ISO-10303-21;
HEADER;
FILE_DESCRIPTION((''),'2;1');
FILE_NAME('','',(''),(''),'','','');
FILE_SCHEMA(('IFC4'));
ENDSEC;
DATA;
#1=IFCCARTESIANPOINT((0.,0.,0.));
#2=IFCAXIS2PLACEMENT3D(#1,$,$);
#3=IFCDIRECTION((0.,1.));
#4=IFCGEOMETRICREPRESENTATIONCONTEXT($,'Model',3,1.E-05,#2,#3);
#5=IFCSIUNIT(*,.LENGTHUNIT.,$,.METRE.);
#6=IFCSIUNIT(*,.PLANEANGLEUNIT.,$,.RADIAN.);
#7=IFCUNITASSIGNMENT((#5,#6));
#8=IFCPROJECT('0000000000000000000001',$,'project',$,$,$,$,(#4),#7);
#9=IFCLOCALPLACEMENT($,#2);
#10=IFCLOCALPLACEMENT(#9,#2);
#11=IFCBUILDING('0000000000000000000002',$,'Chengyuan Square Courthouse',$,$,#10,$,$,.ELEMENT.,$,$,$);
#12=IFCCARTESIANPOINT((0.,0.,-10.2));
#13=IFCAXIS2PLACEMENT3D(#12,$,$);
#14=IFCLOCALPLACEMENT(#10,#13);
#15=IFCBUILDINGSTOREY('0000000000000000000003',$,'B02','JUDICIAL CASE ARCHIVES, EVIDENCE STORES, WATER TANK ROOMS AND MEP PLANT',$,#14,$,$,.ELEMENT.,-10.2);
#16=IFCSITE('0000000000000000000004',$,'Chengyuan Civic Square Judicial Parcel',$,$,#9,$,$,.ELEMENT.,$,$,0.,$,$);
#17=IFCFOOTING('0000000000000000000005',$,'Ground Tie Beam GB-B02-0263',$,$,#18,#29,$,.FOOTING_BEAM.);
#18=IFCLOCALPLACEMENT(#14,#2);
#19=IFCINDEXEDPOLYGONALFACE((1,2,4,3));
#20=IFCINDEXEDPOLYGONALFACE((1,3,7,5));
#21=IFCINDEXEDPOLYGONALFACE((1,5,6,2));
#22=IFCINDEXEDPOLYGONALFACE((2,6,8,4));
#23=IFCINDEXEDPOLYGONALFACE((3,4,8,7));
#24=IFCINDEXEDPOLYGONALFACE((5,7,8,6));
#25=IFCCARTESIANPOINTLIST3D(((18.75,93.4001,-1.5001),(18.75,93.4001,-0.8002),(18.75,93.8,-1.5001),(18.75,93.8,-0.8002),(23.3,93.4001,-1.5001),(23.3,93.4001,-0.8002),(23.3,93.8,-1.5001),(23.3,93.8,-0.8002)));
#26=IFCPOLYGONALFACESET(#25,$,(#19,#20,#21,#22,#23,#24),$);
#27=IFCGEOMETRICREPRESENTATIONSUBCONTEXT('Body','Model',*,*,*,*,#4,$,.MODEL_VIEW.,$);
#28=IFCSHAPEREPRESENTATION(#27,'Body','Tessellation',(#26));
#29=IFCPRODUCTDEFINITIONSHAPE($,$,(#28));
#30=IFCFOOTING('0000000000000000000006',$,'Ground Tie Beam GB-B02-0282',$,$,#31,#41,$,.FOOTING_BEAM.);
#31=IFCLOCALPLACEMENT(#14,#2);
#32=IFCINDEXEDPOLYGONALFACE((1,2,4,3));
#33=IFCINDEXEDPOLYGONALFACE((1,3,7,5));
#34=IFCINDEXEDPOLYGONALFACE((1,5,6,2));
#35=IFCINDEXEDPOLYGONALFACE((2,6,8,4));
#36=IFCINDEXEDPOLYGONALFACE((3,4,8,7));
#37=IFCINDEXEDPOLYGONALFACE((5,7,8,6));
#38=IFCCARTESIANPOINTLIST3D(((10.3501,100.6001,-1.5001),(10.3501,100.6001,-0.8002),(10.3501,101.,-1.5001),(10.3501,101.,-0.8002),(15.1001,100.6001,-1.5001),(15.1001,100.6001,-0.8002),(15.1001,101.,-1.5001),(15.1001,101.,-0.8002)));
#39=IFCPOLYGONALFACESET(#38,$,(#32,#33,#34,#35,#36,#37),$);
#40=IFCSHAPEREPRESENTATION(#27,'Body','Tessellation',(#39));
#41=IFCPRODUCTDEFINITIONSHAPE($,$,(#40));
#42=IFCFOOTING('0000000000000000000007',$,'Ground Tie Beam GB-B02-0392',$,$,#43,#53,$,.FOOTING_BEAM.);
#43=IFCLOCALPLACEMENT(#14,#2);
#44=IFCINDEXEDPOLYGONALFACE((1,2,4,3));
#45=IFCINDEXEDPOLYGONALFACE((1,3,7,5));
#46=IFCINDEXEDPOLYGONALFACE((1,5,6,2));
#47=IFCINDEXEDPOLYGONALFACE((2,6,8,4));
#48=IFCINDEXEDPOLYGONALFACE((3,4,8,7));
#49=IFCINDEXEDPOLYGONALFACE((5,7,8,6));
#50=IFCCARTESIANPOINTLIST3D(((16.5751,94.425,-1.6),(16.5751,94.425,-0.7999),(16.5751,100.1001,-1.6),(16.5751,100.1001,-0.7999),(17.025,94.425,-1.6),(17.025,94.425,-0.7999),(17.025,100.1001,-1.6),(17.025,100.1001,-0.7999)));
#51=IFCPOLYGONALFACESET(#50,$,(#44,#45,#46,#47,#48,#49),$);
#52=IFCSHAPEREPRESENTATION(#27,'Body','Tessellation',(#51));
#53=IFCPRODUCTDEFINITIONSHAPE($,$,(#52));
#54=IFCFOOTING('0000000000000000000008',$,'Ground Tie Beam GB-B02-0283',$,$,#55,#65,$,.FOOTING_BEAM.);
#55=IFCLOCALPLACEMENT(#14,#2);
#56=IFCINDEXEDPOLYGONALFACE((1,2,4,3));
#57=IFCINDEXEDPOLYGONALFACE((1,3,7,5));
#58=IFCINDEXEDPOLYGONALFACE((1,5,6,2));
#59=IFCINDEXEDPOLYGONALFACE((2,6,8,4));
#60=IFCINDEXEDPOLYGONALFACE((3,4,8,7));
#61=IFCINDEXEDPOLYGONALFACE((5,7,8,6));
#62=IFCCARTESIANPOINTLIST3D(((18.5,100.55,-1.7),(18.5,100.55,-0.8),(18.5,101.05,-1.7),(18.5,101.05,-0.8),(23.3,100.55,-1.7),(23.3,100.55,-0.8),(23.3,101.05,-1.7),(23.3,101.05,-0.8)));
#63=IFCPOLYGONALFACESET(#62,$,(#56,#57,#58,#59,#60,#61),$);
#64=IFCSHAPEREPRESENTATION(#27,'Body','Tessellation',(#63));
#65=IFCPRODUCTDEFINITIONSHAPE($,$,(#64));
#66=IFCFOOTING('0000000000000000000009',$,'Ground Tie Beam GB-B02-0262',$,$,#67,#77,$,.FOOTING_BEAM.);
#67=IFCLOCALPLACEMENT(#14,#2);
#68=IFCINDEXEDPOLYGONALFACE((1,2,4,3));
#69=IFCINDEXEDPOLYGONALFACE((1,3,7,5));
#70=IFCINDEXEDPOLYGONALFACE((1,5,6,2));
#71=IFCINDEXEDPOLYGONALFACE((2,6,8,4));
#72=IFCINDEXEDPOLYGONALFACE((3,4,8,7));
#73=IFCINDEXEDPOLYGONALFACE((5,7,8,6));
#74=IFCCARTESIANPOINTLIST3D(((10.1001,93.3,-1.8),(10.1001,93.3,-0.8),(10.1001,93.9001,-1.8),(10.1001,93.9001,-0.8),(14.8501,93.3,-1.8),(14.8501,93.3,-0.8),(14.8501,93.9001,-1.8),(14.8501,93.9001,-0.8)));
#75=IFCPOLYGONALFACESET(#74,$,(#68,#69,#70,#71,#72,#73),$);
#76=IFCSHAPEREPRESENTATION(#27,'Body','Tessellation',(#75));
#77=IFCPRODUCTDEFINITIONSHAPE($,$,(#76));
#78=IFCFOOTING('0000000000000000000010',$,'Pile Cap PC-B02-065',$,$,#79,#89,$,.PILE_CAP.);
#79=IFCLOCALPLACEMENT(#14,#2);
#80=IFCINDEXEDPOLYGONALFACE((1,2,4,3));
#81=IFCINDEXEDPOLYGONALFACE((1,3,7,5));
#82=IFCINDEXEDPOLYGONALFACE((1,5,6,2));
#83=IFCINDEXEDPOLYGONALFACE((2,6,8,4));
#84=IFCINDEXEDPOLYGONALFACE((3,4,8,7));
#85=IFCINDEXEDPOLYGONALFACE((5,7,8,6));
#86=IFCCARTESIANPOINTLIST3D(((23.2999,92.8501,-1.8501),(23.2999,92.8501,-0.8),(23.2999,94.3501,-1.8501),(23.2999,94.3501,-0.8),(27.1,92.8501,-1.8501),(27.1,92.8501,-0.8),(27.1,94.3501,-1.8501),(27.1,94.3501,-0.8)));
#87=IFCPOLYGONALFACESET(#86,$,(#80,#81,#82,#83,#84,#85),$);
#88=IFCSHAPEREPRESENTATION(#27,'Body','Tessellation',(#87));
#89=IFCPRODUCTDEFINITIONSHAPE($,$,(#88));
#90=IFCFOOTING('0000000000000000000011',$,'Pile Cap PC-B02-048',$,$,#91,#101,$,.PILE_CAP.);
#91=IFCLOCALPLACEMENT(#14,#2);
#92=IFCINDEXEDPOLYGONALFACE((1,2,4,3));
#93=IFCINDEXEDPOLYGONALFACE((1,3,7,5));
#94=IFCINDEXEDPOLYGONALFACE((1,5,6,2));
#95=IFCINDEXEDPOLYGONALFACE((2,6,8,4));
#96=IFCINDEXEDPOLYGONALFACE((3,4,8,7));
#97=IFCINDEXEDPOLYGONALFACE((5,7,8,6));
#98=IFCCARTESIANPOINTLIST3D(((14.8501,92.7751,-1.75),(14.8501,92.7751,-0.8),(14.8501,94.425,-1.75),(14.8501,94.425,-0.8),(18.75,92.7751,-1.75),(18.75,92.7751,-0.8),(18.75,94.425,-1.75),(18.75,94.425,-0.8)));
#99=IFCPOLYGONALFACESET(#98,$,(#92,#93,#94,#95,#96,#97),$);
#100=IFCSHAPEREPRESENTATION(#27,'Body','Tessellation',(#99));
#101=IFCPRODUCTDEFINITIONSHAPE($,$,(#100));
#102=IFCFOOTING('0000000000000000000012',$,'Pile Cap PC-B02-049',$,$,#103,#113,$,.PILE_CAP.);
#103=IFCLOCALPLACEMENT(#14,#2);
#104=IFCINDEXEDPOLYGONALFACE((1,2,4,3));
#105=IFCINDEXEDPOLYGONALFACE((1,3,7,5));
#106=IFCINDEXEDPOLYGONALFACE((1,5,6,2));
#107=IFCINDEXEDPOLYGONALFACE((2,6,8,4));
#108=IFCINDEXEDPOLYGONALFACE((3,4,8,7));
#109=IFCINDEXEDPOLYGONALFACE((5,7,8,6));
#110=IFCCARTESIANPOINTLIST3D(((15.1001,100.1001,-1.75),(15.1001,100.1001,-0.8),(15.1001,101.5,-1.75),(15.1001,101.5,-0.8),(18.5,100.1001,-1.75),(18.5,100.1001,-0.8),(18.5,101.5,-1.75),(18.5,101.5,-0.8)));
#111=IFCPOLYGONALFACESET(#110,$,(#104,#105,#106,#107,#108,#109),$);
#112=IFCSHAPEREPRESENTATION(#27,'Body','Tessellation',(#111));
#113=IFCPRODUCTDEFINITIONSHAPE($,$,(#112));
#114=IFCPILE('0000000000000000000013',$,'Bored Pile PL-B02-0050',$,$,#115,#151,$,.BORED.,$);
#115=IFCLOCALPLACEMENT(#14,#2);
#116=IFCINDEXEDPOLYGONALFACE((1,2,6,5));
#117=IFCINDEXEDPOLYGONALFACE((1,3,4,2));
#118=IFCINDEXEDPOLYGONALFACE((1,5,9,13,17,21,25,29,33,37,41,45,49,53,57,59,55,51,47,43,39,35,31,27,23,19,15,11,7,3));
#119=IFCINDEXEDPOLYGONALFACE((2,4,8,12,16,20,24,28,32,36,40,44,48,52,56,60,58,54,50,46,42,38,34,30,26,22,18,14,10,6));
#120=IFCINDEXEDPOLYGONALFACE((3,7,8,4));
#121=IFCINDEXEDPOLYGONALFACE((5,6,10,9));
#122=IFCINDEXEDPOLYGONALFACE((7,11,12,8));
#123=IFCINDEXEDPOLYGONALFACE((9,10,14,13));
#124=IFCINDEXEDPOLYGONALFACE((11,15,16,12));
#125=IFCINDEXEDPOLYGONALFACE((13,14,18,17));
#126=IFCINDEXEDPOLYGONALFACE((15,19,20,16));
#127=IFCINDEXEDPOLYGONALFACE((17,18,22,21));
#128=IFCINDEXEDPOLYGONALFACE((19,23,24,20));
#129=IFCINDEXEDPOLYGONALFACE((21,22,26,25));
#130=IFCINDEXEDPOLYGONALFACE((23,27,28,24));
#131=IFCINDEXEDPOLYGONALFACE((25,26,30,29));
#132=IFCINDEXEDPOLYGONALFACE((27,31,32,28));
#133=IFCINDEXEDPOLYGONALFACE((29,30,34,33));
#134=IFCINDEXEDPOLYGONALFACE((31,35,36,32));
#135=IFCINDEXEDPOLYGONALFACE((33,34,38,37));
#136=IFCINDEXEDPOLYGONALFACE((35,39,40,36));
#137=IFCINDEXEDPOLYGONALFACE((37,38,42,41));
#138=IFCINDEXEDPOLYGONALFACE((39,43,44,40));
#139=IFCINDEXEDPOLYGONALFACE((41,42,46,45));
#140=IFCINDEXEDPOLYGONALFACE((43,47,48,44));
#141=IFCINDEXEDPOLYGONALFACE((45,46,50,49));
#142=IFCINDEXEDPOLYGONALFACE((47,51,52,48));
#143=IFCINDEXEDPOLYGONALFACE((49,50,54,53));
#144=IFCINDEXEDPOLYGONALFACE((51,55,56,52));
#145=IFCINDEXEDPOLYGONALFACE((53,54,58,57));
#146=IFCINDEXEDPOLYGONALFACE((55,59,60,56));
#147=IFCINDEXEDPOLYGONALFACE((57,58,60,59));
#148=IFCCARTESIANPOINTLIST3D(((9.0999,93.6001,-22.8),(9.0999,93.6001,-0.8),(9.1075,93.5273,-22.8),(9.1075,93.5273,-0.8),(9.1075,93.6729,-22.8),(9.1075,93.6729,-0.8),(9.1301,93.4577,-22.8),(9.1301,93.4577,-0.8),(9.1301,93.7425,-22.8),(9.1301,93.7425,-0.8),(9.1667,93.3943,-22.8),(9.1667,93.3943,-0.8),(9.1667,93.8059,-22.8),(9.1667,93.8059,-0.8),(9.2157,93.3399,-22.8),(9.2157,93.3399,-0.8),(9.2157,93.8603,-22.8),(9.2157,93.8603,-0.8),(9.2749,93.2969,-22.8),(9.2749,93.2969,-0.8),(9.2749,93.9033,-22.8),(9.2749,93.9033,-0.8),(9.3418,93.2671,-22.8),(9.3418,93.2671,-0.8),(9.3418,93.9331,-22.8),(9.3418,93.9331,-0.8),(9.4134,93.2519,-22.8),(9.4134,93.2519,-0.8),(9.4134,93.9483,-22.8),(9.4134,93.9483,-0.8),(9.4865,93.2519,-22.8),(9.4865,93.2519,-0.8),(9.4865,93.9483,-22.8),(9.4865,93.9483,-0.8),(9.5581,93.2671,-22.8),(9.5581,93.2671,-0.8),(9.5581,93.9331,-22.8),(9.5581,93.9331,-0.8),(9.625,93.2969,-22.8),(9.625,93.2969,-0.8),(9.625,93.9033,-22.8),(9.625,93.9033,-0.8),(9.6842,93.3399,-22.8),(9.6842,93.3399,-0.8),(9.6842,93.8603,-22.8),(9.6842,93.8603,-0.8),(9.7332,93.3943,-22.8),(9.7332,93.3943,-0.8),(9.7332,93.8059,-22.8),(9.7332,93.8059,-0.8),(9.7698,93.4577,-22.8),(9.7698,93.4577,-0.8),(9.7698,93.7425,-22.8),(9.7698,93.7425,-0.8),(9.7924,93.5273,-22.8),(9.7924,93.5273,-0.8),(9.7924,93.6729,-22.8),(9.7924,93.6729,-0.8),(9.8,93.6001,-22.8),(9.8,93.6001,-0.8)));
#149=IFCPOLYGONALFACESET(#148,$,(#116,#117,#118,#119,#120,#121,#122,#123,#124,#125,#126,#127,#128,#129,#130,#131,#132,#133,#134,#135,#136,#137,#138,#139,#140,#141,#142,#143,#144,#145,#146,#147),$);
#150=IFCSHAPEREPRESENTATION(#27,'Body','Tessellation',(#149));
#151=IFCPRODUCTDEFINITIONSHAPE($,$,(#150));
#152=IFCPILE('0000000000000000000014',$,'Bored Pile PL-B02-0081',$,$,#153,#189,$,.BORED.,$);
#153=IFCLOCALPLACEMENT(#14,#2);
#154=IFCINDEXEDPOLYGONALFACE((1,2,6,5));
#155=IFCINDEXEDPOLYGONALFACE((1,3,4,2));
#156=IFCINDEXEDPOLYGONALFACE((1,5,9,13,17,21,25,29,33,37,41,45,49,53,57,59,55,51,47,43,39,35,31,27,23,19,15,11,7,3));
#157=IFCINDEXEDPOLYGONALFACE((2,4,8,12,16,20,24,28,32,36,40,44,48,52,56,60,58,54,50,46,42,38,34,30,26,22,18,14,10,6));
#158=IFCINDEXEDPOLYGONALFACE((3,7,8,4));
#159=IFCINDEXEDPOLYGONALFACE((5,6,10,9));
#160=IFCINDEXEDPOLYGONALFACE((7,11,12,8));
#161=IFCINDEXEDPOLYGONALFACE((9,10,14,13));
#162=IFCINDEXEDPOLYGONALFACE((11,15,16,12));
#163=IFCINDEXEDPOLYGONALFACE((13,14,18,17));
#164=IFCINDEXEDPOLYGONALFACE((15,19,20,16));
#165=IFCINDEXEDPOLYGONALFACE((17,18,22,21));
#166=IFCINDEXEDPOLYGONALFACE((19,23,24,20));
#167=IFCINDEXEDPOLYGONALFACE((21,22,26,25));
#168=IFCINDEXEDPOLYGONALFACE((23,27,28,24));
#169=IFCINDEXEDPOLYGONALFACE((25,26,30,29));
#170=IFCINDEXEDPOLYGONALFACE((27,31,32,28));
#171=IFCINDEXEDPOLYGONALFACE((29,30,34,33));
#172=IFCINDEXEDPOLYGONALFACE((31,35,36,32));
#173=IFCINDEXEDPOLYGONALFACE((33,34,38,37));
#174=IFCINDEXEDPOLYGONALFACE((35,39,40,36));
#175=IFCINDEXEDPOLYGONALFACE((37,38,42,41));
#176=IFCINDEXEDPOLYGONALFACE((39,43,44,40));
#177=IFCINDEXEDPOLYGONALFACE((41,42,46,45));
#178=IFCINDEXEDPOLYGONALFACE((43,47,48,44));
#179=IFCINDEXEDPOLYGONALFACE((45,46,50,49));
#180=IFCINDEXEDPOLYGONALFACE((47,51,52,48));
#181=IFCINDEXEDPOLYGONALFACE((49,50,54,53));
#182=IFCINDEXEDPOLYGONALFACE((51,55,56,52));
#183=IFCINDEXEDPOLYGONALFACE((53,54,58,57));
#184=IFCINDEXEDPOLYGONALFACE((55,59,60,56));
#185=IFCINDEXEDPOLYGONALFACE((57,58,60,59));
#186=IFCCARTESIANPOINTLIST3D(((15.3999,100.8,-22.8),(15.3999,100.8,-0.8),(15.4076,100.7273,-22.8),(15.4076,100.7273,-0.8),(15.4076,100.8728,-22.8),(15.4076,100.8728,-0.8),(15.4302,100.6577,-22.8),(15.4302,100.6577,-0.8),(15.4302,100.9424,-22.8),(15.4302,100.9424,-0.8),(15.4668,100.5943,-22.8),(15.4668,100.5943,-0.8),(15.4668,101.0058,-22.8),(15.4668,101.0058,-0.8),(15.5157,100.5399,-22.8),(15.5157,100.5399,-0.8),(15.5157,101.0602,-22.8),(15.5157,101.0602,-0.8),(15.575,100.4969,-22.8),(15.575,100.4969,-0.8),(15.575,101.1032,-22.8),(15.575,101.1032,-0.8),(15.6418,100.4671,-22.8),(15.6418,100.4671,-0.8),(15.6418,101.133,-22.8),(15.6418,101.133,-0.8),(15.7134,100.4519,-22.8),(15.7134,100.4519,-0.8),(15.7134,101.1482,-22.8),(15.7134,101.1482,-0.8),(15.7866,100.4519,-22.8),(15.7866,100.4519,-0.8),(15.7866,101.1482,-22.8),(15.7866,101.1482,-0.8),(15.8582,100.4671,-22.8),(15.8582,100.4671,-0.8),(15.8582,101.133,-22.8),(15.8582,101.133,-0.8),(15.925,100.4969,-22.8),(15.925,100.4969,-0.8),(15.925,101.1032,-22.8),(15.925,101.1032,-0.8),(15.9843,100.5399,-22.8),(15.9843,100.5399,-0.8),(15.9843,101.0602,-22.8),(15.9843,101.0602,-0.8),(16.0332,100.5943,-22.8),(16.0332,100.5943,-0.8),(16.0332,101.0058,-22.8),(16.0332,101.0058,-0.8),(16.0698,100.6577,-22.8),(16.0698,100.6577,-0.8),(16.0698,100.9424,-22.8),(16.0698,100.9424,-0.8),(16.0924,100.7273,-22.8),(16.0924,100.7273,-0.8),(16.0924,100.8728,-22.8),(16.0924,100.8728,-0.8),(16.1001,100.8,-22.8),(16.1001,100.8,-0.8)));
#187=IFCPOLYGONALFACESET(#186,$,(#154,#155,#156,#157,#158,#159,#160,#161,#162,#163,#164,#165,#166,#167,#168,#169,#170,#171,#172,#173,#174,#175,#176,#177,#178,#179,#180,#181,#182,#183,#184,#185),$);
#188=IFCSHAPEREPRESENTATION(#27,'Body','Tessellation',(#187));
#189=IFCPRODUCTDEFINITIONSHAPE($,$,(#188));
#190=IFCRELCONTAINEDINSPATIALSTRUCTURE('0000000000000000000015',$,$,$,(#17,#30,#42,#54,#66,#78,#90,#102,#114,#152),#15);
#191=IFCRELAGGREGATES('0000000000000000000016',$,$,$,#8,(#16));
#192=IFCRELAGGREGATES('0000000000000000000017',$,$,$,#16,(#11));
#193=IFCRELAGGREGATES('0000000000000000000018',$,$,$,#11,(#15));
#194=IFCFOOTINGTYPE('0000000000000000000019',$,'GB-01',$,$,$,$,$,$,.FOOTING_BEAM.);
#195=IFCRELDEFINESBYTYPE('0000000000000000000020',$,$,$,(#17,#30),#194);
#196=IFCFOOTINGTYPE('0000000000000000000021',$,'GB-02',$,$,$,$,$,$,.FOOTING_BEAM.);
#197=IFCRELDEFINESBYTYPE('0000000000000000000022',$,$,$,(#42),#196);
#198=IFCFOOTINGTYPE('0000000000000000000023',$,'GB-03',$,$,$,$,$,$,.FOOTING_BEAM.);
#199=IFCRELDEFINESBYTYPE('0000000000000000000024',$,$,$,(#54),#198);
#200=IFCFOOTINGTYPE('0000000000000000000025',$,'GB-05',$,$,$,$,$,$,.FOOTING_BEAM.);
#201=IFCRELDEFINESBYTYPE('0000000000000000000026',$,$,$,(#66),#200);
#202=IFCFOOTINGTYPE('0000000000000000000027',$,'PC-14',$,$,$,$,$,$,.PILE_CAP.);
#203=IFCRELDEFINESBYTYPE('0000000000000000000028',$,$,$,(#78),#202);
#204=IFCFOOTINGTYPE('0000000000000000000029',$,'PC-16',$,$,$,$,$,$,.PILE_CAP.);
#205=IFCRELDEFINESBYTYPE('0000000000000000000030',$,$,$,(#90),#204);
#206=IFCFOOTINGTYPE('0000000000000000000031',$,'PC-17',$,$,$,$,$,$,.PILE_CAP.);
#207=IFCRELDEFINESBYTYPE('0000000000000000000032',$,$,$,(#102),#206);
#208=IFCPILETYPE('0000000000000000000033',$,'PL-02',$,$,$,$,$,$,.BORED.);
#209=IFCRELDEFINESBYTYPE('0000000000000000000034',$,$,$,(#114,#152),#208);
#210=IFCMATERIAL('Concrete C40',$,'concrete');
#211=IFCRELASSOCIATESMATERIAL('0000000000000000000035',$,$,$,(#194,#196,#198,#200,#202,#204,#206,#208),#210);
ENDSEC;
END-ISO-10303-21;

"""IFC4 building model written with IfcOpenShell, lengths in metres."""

from ifc_helpers import new_model, si_unit, direction, frame, origin, origin_2d, place, context, subcontext, project, spatial, rectangle, circle, extrude, material, material_profile, profile_set, type_object, element, save


model = new_model("IFC4")

# Units and contexts
model_context = context("Model", 3, precision=1e-05, world=origin(), true_north=direction((0.0, 1.0)))
body_context = subcontext(model_context, "Body", "Model", "MODEL_VIEW")
ifc_project = project(units=[si_unit("LENGTHUNIT", "METRE"), si_unit("PLANEANGLEUNIT", "RADIAN")], contexts=[model_context])

# Site, building, storey
site_placement = place(None, origin())
site = spatial("IfcSite", under=ifc_project, at=site_placement, Name="Chengyuan Civic Square Judicial Parcel", CompositionType="ELEMENT", RefElevation=0.0)
building_placement = place(site_placement, origin())
building = spatial("IfcBuilding", under=site, at=building_placement, Name="Chengyuan Square Courthouse", CompositionType="ELEMENT")
storey_placement = place(building_placement, frame((0.0, 0.0, -10.2)))
storey = spatial("IfcBuildingStorey", under=building, at=storey_placement, Name="B02", Description="JUDICIAL CASE ARCHIVES, EVIDENCE STORES, WATER TANK ROOMS AND MEP PLANT", CompositionType="ELEMENT", Elevation=-10.2)

# Footings
ifc_material_1 = material(Name="Concrete C40", Category="concrete")
ifc_material_profile_1 = material_profile(ifc_material_1, rectangle(XDim=0.3999, YDim=0.7, at=origin_2d()), Name="GB-400x700")
ifc_profile_set_1 = profile_set([ifc_material_profile_1], Name="Concrete C40")
footing_type_1 = type_object("IfcFootingType", Name="GB-01", PredefinedType="FOOTING_BEAM", material=ifc_profile_set_1)
footing_1_placement = place(storey_placement, frame((18.75, 93.6001, -1.1501), z_axis=(1.0, 0.0, 0.0), x_axis=(0.0, 1.0, 0.0)))
element("IfcFooting", 1, at=footing_1_placement, inside=storey, type_object=footing_type_1, Name="Ground Tie Beam GB-B02-0263", PredefinedType="FOOTING_BEAM", context=body_context, shape_type="SweptSolid", body=[
    extrude(rectangle(XDim=0.3999, YDim=0.7, at=origin_2d()), origin(), (0.0, 0.0, 1.0), 4.55),
])
footing_2_placement = place(storey_placement, frame((10.3501, 100.8, -1.1501), z_axis=(1.0, 0.0, 0.0), x_axis=(0.0, 1.0, 0.0)))
element("IfcFooting", 2, at=footing_2_placement, inside=storey, type_object=footing_type_1, Name="Ground Tie Beam GB-B02-0282", PredefinedType="FOOTING_BEAM", context=body_context, shape_type="SweptSolid", body=[
    extrude(rectangle(XDim=0.3999, YDim=0.7, at=origin_2d()), origin(), (0.0, 0.0, 1.0), 4.75),
])
ifc_material_profile_2 = material_profile(ifc_material_1, rectangle(XDim=0.45, YDim=0.8, at=origin_2d()), Name="GB-450x800")
ifc_profile_set_2 = profile_set([ifc_material_profile_2], Name="Concrete C40")
footing_type_2 = type_object("IfcFootingType", Name="GB-02", PredefinedType="FOOTING_BEAM", material=ifc_profile_set_2)
footing_3_placement = place(storey_placement, frame((16.8, 94.425, -1.2), z_axis=(0.0, 1.0, 0.0), x_axis=(-1.0, 0.0, 0.0)))
element("IfcFooting", 3, at=footing_3_placement, inside=storey, type_object=footing_type_2, Name="Ground Tie Beam GB-B02-0392", PredefinedType="FOOTING_BEAM", context=body_context, shape_type="SweptSolid", body=[
    extrude(rectangle(XDim=0.45, YDim=0.8, at=origin_2d()), origin(), (0.0, 0.0, 1.0), 5.675),
])
ifc_material_profile_3 = material_profile(ifc_material_1, rectangle(XDim=0.5, YDim=0.8999, at=origin_2d()), Name="GB-500x900")
ifc_profile_set_3 = profile_set([ifc_material_profile_3], Name="Concrete C40")
footing_type_3 = type_object("IfcFootingType", Name="GB-03", PredefinedType="FOOTING_BEAM", material=ifc_profile_set_3)
footing_4_placement = place(storey_placement, frame((18.5, 100.8, -1.25), z_axis=(1.0, 0.0, 0.0), x_axis=(0.0, 1.0, 0.0)))
element("IfcFooting", 4, at=footing_4_placement, inside=storey, type_object=footing_type_3, Name="Ground Tie Beam GB-B02-0283", PredefinedType="FOOTING_BEAM", context=body_context, shape_type="SweptSolid", body=[
    extrude(rectangle(XDim=0.5, YDim=0.8999, at=origin_2d()), origin(), (0.0, 0.0, 1.0), 4.8),
])
ifc_material_profile_4 = material_profile(ifc_material_1, rectangle(XDim=0.6001, YDim=1.0, at=origin_2d()), Name="GB-600x1000")
ifc_profile_set_4 = profile_set([ifc_material_profile_4], Name="Concrete C40")
footing_type_4 = type_object("IfcFootingType", Name="GB-05", PredefinedType="FOOTING_BEAM", material=ifc_profile_set_4)
footing_5_placement = place(storey_placement, frame((10.1001, 93.6001, -1.3), z_axis=(1.0, 0.0, 0.0), x_axis=(0.0, 1.0, 0.0)))
element("IfcFooting", 5, at=footing_5_placement, inside=storey, type_object=footing_type_4, Name="Ground Tie Beam GB-B02-0262", PredefinedType="FOOTING_BEAM", context=body_context, shape_type="SweptSolid", body=[
    extrude(rectangle(XDim=0.6001, YDim=1.0, at=origin_2d()), origin(), (0.0, 0.0, 1.0), 4.75),
])
footing_type_5 = type_object("IfcFootingType", Name="PC-14", PredefinedType="PILE_CAP", material=ifc_material_1)
footing_6_placement = place(storey_placement, frame((25.2, 93.6001, -1.8501), z_axis=(0.0, 0.0, 1.0), x_axis=(1.0, 0.0, 0.0)))
element("IfcFooting", 6, at=footing_6_placement, inside=storey, type_object=footing_type_5, Name="Pile Cap PC-B02-065", PredefinedType="PILE_CAP", context=body_context, shape_type="SweptSolid", body=[
    extrude(rectangle(XDim=3.8, YDim=1.5, at=origin_2d()), origin(), (0.0, 0.0, 1.0), 1.05),
])
footing_type_6 = type_object("IfcFootingType", Name="PC-16", PredefinedType="PILE_CAP", material=ifc_material_1)
footing_7_placement = place(storey_placement, frame((16.8, 93.6001, -1.75), z_axis=(0.0, 0.0, 1.0), x_axis=(1.0, 0.0, 0.0)))
element("IfcFooting", 7, at=footing_7_placement, inside=storey, type_object=footing_type_6, Name="Pile Cap PC-B02-048", PredefinedType="PILE_CAP", context=body_context, shape_type="SweptSolid", body=[
    extrude(rectangle(XDim=3.8999, YDim=1.6499, at=origin_2d()), origin(), (0.0, 0.0, 1.0), 0.95),
])
footing_type_7 = type_object("IfcFootingType", Name="PC-17", PredefinedType="PILE_CAP", material=ifc_material_1)
footing_8_placement = place(storey_placement, frame((16.8, 100.8, -1.75), z_axis=(0.0, 0.0, 1.0), x_axis=(1.0, 0.0, 0.0)))
element("IfcFooting", 8, at=footing_8_placement, inside=storey, type_object=footing_type_7, Name="Pile Cap PC-B02-049", PredefinedType="PILE_CAP", context=body_context, shape_type="SweptSolid", body=[
    extrude(rectangle(XDim=3.3999, YDim=1.3999, at=origin_2d()), origin(), (0.0, 0.0, 1.0), 0.95),
])

# Piles
ifc_material_profile_5 = material_profile(ifc_material_1, circle(Radius=0.3501, at=origin_2d()), Name="BORED PILE D700")
ifc_profile_set_5 = profile_set([ifc_material_profile_5], Name="Concrete C40")
pile_type_1 = type_object("IfcPileType", Name="PL-02", PredefinedType="BORED", material=ifc_profile_set_5)
for number, where, z_axis, x_axis, name in (
    (9, (9.45, 93.6001, -0.8), (0.0, 0.0, -1.0), (1.0, 0.0, 0.0), "Bored Pile PL-B02-0050"),
    (10, (15.75, 100.8, -0.8), (0.0, 0.0, -1.0), (1.0, 0.0, 0.0), "Bored Pile PL-B02-0081"),
):
    element("IfcPile", number, at=place(storey_placement, frame(where, z_axis=z_axis, x_axis=x_axis)), inside=storey, type_object=pile_type_1, Name=name, PredefinedType="BORED", context=body_context, shape_type="SweptSolid", body=[
        extrude(circle(Radius=0.3501, at=origin_2d()), origin(), (0.0, 0.0, 1.0), 22.0),
    ])

save(model, "model.ifc")
